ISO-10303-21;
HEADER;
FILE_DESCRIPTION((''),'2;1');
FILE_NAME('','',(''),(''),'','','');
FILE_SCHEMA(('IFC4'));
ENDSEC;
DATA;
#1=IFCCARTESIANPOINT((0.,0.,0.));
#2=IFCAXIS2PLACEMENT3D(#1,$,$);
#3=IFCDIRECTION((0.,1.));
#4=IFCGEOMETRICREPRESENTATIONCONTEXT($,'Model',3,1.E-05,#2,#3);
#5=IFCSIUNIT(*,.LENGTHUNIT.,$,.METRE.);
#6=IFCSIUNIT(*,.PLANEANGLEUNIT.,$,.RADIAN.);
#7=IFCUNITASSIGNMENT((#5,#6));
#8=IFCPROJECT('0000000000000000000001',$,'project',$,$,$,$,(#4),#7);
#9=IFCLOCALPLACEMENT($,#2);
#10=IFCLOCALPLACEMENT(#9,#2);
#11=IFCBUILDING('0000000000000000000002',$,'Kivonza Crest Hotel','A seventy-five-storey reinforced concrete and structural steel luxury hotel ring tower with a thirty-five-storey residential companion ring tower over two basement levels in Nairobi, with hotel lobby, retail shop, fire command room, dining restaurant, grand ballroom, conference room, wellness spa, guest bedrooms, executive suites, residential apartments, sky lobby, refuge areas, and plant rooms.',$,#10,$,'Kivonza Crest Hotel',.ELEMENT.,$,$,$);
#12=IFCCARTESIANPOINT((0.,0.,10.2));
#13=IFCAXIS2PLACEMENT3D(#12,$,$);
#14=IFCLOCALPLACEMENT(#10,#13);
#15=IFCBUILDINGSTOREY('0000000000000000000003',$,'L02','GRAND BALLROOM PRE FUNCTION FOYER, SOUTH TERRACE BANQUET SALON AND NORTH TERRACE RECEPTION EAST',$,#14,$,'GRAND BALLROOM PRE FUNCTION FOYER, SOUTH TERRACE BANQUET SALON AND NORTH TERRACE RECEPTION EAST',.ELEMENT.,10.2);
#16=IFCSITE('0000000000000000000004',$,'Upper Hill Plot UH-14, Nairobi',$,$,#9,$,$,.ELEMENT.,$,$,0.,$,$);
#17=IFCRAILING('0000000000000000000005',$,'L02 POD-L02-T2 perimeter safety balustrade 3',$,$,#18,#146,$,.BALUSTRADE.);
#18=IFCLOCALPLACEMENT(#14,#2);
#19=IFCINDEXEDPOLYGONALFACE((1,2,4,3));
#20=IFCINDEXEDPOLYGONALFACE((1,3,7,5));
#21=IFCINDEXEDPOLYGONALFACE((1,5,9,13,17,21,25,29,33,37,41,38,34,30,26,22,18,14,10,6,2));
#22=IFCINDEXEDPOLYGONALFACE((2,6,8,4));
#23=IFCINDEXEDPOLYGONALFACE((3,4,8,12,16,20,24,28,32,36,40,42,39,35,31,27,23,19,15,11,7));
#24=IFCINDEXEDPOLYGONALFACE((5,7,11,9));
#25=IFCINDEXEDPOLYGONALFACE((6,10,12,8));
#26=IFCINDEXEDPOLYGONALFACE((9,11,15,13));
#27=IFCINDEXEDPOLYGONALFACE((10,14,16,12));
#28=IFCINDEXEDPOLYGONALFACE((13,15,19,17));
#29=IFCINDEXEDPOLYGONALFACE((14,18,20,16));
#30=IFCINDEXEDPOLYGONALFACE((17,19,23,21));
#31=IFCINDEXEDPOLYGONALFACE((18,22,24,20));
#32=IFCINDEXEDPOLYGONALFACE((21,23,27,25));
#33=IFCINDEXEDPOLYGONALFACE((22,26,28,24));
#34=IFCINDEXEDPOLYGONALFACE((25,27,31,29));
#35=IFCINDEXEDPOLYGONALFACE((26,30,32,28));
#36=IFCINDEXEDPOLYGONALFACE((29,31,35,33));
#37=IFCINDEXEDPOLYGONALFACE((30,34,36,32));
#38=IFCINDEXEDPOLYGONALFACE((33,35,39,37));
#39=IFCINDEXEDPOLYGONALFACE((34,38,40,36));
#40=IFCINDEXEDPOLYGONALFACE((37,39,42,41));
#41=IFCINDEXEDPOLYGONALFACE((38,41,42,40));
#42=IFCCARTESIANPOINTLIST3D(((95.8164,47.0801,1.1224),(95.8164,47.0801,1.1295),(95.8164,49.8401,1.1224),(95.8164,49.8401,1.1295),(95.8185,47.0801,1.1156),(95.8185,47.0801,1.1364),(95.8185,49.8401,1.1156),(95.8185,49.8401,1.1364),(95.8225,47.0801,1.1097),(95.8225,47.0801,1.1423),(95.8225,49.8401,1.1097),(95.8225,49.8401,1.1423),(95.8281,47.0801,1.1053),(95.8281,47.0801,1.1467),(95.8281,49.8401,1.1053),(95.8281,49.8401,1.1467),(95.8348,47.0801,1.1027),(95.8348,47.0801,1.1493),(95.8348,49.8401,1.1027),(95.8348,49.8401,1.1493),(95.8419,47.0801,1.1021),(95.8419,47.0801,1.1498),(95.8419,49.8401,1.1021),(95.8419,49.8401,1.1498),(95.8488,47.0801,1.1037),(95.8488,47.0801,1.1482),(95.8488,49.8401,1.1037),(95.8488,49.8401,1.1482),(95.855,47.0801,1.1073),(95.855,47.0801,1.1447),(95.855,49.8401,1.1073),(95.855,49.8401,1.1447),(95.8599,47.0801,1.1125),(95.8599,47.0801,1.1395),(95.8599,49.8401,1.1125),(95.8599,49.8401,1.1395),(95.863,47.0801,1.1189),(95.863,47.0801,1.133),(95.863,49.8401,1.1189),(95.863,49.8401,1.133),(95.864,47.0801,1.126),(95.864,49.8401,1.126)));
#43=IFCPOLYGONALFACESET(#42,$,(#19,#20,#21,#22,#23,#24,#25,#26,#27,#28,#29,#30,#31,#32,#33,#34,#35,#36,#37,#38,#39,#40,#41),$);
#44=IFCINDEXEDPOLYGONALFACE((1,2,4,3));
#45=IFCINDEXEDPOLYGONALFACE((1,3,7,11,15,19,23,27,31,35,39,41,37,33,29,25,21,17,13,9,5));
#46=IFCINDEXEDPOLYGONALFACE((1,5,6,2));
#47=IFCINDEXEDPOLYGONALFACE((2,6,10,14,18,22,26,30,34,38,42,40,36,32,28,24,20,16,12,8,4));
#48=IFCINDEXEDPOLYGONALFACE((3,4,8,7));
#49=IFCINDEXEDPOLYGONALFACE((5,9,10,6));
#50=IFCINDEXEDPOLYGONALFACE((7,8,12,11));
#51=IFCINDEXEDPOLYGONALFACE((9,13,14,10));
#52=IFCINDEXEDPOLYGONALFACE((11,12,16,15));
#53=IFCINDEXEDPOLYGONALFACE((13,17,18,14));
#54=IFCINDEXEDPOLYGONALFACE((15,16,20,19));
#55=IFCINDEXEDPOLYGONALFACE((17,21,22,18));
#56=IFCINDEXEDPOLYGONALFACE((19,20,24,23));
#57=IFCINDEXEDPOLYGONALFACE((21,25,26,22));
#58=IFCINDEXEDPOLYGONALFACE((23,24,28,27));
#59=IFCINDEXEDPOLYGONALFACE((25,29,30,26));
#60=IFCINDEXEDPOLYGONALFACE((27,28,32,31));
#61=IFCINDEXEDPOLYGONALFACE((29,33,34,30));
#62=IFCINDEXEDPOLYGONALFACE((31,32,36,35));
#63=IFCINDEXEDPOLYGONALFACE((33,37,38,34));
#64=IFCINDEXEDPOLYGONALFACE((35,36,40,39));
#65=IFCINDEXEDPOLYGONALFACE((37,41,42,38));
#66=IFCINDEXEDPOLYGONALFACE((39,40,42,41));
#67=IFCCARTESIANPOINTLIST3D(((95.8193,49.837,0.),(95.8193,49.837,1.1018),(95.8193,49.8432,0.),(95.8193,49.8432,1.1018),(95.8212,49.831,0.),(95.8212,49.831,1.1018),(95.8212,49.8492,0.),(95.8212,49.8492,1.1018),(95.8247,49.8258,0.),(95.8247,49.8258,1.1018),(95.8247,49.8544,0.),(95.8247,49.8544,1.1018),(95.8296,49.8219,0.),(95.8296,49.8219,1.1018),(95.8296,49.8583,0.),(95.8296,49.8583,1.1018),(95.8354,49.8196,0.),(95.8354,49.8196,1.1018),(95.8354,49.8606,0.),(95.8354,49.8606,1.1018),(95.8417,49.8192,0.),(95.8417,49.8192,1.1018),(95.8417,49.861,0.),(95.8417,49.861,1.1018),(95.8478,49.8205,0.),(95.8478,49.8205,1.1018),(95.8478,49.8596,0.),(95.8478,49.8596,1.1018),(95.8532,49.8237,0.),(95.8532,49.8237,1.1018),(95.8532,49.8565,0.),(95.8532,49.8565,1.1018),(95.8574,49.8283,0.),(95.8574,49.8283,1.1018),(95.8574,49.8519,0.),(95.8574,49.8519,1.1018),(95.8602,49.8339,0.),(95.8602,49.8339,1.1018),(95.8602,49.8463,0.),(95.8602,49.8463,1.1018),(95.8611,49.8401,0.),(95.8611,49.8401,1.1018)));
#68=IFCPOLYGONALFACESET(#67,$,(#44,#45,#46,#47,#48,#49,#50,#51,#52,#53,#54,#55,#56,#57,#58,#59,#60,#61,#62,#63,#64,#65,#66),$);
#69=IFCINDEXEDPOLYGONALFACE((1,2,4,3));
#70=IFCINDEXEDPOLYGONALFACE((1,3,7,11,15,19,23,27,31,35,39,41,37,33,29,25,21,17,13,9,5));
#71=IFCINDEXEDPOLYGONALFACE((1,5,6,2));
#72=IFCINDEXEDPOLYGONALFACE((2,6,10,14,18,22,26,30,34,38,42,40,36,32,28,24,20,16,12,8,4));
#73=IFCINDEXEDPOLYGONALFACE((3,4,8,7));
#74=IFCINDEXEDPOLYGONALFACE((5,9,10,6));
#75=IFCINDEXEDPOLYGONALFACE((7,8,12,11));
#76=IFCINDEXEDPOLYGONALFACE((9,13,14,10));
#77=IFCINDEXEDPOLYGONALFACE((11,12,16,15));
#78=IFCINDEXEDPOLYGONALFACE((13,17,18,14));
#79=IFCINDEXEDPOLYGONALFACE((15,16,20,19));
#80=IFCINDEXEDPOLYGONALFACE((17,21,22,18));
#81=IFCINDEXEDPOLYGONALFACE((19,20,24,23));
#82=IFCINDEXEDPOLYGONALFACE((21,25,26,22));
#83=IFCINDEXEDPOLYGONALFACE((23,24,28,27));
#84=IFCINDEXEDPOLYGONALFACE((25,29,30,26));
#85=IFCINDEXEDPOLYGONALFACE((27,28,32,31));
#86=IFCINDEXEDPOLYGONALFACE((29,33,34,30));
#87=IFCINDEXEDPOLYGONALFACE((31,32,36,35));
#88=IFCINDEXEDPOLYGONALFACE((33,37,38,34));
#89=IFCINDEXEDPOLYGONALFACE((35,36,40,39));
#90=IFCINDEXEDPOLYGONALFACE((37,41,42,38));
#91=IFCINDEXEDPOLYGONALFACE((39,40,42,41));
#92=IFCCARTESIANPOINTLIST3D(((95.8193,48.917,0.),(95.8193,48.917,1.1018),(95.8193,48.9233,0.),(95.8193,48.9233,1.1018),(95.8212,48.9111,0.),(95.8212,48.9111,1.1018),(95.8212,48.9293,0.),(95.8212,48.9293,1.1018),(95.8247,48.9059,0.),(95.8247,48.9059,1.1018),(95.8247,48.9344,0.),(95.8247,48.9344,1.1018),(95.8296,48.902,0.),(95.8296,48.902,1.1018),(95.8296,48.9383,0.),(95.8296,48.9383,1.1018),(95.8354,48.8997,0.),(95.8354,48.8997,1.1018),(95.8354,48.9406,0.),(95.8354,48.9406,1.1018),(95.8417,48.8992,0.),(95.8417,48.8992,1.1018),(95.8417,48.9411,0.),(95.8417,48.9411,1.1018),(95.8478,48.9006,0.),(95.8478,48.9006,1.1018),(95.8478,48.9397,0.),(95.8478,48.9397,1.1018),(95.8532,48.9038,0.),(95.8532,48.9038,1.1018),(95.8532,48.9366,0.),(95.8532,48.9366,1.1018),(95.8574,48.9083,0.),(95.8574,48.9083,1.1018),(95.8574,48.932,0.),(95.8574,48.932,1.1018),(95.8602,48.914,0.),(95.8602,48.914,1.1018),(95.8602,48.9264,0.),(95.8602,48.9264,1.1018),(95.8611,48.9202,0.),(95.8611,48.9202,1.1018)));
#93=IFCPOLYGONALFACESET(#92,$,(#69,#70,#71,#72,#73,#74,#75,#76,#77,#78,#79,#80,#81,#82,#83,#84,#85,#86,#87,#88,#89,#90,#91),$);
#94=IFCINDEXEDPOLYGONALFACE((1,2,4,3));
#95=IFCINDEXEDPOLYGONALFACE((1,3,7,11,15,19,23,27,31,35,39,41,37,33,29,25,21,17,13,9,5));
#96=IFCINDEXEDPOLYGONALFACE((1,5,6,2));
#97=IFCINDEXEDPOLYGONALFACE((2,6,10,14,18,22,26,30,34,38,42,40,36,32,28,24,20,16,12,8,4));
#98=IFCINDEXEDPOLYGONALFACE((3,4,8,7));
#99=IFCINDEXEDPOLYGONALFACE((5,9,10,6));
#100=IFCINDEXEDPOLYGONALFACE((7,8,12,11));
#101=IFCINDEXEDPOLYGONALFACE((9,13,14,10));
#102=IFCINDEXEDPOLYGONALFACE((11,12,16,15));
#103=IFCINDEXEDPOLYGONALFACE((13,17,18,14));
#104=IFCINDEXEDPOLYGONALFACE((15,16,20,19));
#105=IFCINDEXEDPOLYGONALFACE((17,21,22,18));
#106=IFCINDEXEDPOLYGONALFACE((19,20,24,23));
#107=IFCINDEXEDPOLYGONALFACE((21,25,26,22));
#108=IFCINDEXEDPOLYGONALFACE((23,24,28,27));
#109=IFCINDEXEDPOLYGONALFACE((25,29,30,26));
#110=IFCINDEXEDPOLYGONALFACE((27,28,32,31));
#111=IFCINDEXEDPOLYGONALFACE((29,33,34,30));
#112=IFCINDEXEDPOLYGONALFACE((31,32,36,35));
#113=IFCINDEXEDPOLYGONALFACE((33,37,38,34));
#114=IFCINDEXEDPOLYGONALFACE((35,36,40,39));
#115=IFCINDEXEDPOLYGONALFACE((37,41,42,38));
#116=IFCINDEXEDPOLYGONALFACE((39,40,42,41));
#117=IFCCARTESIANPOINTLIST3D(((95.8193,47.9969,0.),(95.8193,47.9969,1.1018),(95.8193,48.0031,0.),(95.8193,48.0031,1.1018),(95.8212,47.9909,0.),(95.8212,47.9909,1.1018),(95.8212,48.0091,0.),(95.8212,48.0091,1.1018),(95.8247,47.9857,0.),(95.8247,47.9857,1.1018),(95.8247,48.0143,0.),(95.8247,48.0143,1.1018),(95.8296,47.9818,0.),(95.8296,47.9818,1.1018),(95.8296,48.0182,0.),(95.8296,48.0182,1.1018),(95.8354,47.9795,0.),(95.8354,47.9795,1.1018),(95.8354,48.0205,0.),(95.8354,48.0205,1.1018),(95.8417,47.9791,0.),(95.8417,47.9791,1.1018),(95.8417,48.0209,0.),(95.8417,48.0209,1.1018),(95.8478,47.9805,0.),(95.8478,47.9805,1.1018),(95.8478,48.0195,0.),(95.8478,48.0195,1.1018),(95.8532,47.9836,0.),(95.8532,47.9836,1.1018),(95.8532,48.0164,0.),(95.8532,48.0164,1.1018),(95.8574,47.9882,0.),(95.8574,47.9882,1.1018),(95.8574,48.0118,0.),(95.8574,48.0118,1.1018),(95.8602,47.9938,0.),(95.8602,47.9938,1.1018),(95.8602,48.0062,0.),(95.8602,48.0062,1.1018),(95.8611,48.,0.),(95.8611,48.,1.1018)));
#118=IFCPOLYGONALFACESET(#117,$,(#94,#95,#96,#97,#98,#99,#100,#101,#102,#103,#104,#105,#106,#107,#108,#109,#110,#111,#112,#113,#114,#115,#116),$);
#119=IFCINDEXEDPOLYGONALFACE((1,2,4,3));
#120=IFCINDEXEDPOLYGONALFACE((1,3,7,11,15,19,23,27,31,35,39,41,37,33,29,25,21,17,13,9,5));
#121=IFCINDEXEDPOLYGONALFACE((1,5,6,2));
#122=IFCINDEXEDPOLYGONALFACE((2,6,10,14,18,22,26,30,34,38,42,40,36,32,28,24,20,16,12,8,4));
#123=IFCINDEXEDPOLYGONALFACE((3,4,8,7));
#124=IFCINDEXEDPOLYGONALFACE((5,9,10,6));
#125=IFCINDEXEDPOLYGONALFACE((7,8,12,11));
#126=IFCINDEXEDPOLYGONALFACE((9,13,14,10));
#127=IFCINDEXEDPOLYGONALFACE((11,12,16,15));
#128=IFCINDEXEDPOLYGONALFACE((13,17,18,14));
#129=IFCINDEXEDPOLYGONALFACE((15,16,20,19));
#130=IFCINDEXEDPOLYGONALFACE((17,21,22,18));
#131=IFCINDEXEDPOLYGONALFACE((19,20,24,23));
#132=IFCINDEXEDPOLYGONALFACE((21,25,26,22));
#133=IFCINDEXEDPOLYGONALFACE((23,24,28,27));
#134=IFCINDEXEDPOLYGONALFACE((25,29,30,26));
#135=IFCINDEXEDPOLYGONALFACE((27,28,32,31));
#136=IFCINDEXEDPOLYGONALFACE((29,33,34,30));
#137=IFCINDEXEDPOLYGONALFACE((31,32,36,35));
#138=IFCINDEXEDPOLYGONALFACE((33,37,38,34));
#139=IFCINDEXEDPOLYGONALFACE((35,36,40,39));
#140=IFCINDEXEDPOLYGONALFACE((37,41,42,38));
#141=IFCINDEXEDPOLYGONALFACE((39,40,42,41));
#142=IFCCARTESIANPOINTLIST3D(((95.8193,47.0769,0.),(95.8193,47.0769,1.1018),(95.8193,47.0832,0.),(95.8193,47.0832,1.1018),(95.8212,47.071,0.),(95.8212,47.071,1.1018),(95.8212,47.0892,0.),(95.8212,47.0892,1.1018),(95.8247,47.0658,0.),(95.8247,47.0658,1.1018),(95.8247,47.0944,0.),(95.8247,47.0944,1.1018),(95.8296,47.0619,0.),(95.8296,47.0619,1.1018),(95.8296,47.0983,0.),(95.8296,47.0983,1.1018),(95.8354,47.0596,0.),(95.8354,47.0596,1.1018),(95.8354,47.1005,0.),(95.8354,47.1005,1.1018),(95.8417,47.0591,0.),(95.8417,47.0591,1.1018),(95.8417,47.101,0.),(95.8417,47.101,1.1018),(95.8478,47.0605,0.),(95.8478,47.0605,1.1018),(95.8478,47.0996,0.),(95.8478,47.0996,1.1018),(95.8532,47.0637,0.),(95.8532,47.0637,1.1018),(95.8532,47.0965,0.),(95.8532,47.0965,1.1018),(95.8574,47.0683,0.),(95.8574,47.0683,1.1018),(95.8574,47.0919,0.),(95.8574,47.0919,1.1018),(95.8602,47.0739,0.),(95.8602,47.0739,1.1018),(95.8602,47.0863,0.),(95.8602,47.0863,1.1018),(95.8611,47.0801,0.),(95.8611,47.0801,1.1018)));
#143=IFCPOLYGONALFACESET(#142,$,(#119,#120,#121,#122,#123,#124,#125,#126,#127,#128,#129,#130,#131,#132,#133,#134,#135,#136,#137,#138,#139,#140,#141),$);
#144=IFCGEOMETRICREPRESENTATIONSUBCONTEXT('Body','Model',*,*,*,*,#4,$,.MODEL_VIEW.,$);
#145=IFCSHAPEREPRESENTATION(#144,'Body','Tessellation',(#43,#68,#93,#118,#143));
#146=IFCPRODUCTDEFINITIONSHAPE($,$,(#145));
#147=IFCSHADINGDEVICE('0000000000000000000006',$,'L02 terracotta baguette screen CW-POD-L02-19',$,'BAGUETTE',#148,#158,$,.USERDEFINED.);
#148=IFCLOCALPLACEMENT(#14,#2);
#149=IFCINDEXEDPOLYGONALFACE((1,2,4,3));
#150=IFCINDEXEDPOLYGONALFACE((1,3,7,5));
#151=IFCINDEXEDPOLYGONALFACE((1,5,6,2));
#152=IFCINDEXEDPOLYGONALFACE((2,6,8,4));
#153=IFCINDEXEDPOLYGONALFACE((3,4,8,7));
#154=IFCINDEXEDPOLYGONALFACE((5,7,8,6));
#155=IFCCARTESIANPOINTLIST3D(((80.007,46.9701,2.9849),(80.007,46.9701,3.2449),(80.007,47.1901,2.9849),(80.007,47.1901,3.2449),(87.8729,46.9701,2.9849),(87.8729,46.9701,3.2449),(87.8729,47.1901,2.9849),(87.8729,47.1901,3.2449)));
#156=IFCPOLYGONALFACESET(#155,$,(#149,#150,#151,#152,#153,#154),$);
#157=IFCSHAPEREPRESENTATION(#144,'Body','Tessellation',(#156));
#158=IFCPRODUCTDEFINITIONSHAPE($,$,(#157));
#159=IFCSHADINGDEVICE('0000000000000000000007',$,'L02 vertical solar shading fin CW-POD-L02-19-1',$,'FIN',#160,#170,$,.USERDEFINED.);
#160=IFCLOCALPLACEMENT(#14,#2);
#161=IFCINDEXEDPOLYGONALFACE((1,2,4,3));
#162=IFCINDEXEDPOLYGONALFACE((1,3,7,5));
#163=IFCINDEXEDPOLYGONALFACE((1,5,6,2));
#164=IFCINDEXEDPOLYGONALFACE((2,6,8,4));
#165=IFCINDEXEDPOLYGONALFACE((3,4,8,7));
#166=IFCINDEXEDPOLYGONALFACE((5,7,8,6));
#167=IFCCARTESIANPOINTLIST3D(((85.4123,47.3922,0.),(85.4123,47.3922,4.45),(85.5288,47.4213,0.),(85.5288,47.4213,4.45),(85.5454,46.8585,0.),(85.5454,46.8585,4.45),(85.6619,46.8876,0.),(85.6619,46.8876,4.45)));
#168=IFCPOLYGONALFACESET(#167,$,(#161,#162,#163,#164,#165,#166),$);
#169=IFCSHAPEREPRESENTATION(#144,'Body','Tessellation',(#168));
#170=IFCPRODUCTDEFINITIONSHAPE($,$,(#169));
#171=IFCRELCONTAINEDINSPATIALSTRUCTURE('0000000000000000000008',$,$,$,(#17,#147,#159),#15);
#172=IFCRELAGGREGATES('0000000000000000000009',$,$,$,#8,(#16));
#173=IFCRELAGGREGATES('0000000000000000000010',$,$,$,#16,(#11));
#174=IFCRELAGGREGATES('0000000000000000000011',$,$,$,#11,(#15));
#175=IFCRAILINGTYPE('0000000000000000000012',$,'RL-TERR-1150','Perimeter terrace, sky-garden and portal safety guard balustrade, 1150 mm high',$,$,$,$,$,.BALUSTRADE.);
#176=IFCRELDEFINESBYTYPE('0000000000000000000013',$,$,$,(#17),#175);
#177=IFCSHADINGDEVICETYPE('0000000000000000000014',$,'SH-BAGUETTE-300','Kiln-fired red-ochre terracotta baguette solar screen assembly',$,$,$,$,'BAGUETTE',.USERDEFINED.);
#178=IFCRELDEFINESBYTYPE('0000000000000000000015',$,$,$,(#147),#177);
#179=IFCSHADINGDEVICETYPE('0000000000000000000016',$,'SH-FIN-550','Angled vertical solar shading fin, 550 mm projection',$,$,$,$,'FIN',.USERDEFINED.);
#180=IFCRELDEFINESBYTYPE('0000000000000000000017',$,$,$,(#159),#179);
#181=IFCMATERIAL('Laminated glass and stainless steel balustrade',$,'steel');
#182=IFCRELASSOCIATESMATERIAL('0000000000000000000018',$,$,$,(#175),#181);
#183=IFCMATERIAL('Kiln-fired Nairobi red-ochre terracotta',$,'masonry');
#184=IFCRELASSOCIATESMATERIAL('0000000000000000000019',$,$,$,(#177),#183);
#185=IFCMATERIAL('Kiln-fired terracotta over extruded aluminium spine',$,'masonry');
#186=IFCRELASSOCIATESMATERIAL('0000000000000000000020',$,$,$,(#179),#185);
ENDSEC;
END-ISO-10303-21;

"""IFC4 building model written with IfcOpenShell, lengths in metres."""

from ifc_helpers import new_model, si_unit, direction, frame, origin, origin_2d, place, context, subcontext, project, spatial, rectangle, circle, extrude, material, type_object, element, save


model = new_model("IFC4")

# Units and contexts
model_context = context("Model", 3, precision=1e-05, world=origin(), true_north=direction((0.0, 1.0)))
body_context = subcontext(model_context, "Body", "Model", "MODEL_VIEW")
ifc_project = project(units=[si_unit("LENGTHUNIT", "METRE"), si_unit("PLANEANGLEUNIT", "RADIAN")], contexts=[model_context])

# Site, building, storey
site_placement = place(None, origin())
site = spatial("IfcSite", under=ifc_project, at=site_placement, Name="Upper Hill Plot UH-14, Nairobi", CompositionType="ELEMENT", RefElevation=0.0)
building_placement = place(site_placement, origin())
building = spatial("IfcBuilding", under=site, at=building_placement, Name="Kivonza Crest Hotel", Description="A seventy-five-storey reinforced concrete and structural steel luxury hotel ring tower with a thirty-five-storey residential companion ring tower over two basement levels in Nairobi, with hotel lobby, retail shop, fire command room, dining restaurant, grand ballroom, conference room, wellness spa, guest bedrooms, executive suites, residential apartments, sky lobby, refuge areas, and plant rooms.", LongName="Kivonza Crest Hotel", CompositionType="ELEMENT")
storey_placement = place(building_placement, frame((0.0, 0.0, 10.2)))
storey = spatial("IfcBuildingStorey", under=building, at=storey_placement, Name="L02", Description="GRAND BALLROOM PRE FUNCTION FOYER, SOUTH TERRACE BANQUET SALON AND NORTH TERRACE RECEPTION EAST", LongName="GRAND BALLROOM PRE FUNCTION FOYER, SOUTH TERRACE BANQUET SALON AND NORTH TERRACE RECEPTION EAST", CompositionType="ELEMENT", Elevation=10.2)

# Railing
ifc_material_1 = material(Name="Laminated glass and stainless steel balustrade", Category="steel")
railing_type = type_object("IfcRailingType", Name="RL-TERR-1150", Description="Perimeter terrace, sky-garden and portal safety guard balustrade, 1150 mm high", PredefinedType="BALUSTRADE", material=ifc_material_1)
railing_placement = place(storey_placement, frame((95.8401, 49.8401, 0.0)))
element("IfcRailing", 1, at=railing_placement, inside=storey, type_object=railing_type, Name="L02 POD-L02-T2 perimeter safety balustrade 3", PredefinedType="BALUSTRADE", context=body_context, shape_type="SweptSolid", body=[
    extrude(circle(Radius=0.0239, at=origin_2d()), frame((0.0, 0.0, 1.126), z_axis=(0.0, -1.0, 0.0), x_axis=(1.0, 0.0, 0.0)), (0.0, 0.0, 1.0), 2.76),
    extrude(circle(Radius=0.021, at=origin_2d()), origin(), (0.0, 0.0, 1.0), 1.1018),
    extrude(circle(Radius=0.021, at=origin_2d()), frame((0.0, -0.9199, 0.0)), (0.0, 0.0, 1.0), 1.1018),
    extrude(circle(Radius=0.021, at=origin_2d()), frame((0.0, -1.8401, 0.0)), (0.0, 0.0, 1.0), 1.1018),
    extrude(circle(Radius=0.021, at=origin_2d()), frame((0.0, -2.76, 0.0)), (0.0, 0.0, 1.0), 1.1018),
])

# Shading devices
ifc_material_2 = material(Name="Kiln-fired Nairobi red-ochre terracotta", Category="masonry")
shading_device_type_1 = type_object("IfcShadingDeviceType", Name="SH-BAGUETTE-300", Description="Kiln-fired red-ochre terracotta baguette solar screen assembly", ElementType="BAGUETTE", PredefinedType="USERDEFINED", material=ifc_material_2)
shading_device_1_placement = place(storey_placement, frame((83.9399, 47.0801, 2.9849), z_axis=(0.0, 0.0, 1.0), x_axis=(-1.0, 0.0, 0.0)))
element("IfcShadingDevice", 2, at=shading_device_1_placement, inside=storey, type_object=shading_device_type_1, Name="L02 terracotta baguette screen CW-POD-L02-19", ObjectType="BAGUETTE", PredefinedType="USERDEFINED", context=body_context, shape_type="SweptSolid", body=[
    extrude(rectangle(XDim=7.866, YDim=0.22, at=origin_2d()), origin(), (0.0, 0.0, 1.0), 0.26),
])
ifc_material_3 = material(Name="Kiln-fired terracotta over extruded aluminium spine", Category="masonry")
shading_device_type_2 = type_object("IfcShadingDeviceType", Name="SH-FIN-550", Description="Angled vertical solar shading fin, 550 mm projection", ElementType="FIN", PredefinedType="USERDEFINED", material=ifc_material_3)
shading_device_2_placement = place(storey_placement, frame((85.5371, 47.1399, 0.0), z_axis=(0.0, 0.0, 1.0), x_axis=(-0.970296, -0.241922, 0.0)))
element("IfcShadingDevice", 3, at=shading_device_2_placement, inside=storey, type_object=shading_device_type_2, Name="L02 vertical solar shading fin CW-POD-L02-19-1", ObjectType="FIN", PredefinedType="USERDEFINED", context=body_context, shape_type="SweptSolid", body=[
    extrude(rectangle(XDim=0.1201, YDim=0.55, at=origin_2d()), origin(), (0.0, 0.0, 1.0), 4.45),
])

save(model, "model.ifc")
